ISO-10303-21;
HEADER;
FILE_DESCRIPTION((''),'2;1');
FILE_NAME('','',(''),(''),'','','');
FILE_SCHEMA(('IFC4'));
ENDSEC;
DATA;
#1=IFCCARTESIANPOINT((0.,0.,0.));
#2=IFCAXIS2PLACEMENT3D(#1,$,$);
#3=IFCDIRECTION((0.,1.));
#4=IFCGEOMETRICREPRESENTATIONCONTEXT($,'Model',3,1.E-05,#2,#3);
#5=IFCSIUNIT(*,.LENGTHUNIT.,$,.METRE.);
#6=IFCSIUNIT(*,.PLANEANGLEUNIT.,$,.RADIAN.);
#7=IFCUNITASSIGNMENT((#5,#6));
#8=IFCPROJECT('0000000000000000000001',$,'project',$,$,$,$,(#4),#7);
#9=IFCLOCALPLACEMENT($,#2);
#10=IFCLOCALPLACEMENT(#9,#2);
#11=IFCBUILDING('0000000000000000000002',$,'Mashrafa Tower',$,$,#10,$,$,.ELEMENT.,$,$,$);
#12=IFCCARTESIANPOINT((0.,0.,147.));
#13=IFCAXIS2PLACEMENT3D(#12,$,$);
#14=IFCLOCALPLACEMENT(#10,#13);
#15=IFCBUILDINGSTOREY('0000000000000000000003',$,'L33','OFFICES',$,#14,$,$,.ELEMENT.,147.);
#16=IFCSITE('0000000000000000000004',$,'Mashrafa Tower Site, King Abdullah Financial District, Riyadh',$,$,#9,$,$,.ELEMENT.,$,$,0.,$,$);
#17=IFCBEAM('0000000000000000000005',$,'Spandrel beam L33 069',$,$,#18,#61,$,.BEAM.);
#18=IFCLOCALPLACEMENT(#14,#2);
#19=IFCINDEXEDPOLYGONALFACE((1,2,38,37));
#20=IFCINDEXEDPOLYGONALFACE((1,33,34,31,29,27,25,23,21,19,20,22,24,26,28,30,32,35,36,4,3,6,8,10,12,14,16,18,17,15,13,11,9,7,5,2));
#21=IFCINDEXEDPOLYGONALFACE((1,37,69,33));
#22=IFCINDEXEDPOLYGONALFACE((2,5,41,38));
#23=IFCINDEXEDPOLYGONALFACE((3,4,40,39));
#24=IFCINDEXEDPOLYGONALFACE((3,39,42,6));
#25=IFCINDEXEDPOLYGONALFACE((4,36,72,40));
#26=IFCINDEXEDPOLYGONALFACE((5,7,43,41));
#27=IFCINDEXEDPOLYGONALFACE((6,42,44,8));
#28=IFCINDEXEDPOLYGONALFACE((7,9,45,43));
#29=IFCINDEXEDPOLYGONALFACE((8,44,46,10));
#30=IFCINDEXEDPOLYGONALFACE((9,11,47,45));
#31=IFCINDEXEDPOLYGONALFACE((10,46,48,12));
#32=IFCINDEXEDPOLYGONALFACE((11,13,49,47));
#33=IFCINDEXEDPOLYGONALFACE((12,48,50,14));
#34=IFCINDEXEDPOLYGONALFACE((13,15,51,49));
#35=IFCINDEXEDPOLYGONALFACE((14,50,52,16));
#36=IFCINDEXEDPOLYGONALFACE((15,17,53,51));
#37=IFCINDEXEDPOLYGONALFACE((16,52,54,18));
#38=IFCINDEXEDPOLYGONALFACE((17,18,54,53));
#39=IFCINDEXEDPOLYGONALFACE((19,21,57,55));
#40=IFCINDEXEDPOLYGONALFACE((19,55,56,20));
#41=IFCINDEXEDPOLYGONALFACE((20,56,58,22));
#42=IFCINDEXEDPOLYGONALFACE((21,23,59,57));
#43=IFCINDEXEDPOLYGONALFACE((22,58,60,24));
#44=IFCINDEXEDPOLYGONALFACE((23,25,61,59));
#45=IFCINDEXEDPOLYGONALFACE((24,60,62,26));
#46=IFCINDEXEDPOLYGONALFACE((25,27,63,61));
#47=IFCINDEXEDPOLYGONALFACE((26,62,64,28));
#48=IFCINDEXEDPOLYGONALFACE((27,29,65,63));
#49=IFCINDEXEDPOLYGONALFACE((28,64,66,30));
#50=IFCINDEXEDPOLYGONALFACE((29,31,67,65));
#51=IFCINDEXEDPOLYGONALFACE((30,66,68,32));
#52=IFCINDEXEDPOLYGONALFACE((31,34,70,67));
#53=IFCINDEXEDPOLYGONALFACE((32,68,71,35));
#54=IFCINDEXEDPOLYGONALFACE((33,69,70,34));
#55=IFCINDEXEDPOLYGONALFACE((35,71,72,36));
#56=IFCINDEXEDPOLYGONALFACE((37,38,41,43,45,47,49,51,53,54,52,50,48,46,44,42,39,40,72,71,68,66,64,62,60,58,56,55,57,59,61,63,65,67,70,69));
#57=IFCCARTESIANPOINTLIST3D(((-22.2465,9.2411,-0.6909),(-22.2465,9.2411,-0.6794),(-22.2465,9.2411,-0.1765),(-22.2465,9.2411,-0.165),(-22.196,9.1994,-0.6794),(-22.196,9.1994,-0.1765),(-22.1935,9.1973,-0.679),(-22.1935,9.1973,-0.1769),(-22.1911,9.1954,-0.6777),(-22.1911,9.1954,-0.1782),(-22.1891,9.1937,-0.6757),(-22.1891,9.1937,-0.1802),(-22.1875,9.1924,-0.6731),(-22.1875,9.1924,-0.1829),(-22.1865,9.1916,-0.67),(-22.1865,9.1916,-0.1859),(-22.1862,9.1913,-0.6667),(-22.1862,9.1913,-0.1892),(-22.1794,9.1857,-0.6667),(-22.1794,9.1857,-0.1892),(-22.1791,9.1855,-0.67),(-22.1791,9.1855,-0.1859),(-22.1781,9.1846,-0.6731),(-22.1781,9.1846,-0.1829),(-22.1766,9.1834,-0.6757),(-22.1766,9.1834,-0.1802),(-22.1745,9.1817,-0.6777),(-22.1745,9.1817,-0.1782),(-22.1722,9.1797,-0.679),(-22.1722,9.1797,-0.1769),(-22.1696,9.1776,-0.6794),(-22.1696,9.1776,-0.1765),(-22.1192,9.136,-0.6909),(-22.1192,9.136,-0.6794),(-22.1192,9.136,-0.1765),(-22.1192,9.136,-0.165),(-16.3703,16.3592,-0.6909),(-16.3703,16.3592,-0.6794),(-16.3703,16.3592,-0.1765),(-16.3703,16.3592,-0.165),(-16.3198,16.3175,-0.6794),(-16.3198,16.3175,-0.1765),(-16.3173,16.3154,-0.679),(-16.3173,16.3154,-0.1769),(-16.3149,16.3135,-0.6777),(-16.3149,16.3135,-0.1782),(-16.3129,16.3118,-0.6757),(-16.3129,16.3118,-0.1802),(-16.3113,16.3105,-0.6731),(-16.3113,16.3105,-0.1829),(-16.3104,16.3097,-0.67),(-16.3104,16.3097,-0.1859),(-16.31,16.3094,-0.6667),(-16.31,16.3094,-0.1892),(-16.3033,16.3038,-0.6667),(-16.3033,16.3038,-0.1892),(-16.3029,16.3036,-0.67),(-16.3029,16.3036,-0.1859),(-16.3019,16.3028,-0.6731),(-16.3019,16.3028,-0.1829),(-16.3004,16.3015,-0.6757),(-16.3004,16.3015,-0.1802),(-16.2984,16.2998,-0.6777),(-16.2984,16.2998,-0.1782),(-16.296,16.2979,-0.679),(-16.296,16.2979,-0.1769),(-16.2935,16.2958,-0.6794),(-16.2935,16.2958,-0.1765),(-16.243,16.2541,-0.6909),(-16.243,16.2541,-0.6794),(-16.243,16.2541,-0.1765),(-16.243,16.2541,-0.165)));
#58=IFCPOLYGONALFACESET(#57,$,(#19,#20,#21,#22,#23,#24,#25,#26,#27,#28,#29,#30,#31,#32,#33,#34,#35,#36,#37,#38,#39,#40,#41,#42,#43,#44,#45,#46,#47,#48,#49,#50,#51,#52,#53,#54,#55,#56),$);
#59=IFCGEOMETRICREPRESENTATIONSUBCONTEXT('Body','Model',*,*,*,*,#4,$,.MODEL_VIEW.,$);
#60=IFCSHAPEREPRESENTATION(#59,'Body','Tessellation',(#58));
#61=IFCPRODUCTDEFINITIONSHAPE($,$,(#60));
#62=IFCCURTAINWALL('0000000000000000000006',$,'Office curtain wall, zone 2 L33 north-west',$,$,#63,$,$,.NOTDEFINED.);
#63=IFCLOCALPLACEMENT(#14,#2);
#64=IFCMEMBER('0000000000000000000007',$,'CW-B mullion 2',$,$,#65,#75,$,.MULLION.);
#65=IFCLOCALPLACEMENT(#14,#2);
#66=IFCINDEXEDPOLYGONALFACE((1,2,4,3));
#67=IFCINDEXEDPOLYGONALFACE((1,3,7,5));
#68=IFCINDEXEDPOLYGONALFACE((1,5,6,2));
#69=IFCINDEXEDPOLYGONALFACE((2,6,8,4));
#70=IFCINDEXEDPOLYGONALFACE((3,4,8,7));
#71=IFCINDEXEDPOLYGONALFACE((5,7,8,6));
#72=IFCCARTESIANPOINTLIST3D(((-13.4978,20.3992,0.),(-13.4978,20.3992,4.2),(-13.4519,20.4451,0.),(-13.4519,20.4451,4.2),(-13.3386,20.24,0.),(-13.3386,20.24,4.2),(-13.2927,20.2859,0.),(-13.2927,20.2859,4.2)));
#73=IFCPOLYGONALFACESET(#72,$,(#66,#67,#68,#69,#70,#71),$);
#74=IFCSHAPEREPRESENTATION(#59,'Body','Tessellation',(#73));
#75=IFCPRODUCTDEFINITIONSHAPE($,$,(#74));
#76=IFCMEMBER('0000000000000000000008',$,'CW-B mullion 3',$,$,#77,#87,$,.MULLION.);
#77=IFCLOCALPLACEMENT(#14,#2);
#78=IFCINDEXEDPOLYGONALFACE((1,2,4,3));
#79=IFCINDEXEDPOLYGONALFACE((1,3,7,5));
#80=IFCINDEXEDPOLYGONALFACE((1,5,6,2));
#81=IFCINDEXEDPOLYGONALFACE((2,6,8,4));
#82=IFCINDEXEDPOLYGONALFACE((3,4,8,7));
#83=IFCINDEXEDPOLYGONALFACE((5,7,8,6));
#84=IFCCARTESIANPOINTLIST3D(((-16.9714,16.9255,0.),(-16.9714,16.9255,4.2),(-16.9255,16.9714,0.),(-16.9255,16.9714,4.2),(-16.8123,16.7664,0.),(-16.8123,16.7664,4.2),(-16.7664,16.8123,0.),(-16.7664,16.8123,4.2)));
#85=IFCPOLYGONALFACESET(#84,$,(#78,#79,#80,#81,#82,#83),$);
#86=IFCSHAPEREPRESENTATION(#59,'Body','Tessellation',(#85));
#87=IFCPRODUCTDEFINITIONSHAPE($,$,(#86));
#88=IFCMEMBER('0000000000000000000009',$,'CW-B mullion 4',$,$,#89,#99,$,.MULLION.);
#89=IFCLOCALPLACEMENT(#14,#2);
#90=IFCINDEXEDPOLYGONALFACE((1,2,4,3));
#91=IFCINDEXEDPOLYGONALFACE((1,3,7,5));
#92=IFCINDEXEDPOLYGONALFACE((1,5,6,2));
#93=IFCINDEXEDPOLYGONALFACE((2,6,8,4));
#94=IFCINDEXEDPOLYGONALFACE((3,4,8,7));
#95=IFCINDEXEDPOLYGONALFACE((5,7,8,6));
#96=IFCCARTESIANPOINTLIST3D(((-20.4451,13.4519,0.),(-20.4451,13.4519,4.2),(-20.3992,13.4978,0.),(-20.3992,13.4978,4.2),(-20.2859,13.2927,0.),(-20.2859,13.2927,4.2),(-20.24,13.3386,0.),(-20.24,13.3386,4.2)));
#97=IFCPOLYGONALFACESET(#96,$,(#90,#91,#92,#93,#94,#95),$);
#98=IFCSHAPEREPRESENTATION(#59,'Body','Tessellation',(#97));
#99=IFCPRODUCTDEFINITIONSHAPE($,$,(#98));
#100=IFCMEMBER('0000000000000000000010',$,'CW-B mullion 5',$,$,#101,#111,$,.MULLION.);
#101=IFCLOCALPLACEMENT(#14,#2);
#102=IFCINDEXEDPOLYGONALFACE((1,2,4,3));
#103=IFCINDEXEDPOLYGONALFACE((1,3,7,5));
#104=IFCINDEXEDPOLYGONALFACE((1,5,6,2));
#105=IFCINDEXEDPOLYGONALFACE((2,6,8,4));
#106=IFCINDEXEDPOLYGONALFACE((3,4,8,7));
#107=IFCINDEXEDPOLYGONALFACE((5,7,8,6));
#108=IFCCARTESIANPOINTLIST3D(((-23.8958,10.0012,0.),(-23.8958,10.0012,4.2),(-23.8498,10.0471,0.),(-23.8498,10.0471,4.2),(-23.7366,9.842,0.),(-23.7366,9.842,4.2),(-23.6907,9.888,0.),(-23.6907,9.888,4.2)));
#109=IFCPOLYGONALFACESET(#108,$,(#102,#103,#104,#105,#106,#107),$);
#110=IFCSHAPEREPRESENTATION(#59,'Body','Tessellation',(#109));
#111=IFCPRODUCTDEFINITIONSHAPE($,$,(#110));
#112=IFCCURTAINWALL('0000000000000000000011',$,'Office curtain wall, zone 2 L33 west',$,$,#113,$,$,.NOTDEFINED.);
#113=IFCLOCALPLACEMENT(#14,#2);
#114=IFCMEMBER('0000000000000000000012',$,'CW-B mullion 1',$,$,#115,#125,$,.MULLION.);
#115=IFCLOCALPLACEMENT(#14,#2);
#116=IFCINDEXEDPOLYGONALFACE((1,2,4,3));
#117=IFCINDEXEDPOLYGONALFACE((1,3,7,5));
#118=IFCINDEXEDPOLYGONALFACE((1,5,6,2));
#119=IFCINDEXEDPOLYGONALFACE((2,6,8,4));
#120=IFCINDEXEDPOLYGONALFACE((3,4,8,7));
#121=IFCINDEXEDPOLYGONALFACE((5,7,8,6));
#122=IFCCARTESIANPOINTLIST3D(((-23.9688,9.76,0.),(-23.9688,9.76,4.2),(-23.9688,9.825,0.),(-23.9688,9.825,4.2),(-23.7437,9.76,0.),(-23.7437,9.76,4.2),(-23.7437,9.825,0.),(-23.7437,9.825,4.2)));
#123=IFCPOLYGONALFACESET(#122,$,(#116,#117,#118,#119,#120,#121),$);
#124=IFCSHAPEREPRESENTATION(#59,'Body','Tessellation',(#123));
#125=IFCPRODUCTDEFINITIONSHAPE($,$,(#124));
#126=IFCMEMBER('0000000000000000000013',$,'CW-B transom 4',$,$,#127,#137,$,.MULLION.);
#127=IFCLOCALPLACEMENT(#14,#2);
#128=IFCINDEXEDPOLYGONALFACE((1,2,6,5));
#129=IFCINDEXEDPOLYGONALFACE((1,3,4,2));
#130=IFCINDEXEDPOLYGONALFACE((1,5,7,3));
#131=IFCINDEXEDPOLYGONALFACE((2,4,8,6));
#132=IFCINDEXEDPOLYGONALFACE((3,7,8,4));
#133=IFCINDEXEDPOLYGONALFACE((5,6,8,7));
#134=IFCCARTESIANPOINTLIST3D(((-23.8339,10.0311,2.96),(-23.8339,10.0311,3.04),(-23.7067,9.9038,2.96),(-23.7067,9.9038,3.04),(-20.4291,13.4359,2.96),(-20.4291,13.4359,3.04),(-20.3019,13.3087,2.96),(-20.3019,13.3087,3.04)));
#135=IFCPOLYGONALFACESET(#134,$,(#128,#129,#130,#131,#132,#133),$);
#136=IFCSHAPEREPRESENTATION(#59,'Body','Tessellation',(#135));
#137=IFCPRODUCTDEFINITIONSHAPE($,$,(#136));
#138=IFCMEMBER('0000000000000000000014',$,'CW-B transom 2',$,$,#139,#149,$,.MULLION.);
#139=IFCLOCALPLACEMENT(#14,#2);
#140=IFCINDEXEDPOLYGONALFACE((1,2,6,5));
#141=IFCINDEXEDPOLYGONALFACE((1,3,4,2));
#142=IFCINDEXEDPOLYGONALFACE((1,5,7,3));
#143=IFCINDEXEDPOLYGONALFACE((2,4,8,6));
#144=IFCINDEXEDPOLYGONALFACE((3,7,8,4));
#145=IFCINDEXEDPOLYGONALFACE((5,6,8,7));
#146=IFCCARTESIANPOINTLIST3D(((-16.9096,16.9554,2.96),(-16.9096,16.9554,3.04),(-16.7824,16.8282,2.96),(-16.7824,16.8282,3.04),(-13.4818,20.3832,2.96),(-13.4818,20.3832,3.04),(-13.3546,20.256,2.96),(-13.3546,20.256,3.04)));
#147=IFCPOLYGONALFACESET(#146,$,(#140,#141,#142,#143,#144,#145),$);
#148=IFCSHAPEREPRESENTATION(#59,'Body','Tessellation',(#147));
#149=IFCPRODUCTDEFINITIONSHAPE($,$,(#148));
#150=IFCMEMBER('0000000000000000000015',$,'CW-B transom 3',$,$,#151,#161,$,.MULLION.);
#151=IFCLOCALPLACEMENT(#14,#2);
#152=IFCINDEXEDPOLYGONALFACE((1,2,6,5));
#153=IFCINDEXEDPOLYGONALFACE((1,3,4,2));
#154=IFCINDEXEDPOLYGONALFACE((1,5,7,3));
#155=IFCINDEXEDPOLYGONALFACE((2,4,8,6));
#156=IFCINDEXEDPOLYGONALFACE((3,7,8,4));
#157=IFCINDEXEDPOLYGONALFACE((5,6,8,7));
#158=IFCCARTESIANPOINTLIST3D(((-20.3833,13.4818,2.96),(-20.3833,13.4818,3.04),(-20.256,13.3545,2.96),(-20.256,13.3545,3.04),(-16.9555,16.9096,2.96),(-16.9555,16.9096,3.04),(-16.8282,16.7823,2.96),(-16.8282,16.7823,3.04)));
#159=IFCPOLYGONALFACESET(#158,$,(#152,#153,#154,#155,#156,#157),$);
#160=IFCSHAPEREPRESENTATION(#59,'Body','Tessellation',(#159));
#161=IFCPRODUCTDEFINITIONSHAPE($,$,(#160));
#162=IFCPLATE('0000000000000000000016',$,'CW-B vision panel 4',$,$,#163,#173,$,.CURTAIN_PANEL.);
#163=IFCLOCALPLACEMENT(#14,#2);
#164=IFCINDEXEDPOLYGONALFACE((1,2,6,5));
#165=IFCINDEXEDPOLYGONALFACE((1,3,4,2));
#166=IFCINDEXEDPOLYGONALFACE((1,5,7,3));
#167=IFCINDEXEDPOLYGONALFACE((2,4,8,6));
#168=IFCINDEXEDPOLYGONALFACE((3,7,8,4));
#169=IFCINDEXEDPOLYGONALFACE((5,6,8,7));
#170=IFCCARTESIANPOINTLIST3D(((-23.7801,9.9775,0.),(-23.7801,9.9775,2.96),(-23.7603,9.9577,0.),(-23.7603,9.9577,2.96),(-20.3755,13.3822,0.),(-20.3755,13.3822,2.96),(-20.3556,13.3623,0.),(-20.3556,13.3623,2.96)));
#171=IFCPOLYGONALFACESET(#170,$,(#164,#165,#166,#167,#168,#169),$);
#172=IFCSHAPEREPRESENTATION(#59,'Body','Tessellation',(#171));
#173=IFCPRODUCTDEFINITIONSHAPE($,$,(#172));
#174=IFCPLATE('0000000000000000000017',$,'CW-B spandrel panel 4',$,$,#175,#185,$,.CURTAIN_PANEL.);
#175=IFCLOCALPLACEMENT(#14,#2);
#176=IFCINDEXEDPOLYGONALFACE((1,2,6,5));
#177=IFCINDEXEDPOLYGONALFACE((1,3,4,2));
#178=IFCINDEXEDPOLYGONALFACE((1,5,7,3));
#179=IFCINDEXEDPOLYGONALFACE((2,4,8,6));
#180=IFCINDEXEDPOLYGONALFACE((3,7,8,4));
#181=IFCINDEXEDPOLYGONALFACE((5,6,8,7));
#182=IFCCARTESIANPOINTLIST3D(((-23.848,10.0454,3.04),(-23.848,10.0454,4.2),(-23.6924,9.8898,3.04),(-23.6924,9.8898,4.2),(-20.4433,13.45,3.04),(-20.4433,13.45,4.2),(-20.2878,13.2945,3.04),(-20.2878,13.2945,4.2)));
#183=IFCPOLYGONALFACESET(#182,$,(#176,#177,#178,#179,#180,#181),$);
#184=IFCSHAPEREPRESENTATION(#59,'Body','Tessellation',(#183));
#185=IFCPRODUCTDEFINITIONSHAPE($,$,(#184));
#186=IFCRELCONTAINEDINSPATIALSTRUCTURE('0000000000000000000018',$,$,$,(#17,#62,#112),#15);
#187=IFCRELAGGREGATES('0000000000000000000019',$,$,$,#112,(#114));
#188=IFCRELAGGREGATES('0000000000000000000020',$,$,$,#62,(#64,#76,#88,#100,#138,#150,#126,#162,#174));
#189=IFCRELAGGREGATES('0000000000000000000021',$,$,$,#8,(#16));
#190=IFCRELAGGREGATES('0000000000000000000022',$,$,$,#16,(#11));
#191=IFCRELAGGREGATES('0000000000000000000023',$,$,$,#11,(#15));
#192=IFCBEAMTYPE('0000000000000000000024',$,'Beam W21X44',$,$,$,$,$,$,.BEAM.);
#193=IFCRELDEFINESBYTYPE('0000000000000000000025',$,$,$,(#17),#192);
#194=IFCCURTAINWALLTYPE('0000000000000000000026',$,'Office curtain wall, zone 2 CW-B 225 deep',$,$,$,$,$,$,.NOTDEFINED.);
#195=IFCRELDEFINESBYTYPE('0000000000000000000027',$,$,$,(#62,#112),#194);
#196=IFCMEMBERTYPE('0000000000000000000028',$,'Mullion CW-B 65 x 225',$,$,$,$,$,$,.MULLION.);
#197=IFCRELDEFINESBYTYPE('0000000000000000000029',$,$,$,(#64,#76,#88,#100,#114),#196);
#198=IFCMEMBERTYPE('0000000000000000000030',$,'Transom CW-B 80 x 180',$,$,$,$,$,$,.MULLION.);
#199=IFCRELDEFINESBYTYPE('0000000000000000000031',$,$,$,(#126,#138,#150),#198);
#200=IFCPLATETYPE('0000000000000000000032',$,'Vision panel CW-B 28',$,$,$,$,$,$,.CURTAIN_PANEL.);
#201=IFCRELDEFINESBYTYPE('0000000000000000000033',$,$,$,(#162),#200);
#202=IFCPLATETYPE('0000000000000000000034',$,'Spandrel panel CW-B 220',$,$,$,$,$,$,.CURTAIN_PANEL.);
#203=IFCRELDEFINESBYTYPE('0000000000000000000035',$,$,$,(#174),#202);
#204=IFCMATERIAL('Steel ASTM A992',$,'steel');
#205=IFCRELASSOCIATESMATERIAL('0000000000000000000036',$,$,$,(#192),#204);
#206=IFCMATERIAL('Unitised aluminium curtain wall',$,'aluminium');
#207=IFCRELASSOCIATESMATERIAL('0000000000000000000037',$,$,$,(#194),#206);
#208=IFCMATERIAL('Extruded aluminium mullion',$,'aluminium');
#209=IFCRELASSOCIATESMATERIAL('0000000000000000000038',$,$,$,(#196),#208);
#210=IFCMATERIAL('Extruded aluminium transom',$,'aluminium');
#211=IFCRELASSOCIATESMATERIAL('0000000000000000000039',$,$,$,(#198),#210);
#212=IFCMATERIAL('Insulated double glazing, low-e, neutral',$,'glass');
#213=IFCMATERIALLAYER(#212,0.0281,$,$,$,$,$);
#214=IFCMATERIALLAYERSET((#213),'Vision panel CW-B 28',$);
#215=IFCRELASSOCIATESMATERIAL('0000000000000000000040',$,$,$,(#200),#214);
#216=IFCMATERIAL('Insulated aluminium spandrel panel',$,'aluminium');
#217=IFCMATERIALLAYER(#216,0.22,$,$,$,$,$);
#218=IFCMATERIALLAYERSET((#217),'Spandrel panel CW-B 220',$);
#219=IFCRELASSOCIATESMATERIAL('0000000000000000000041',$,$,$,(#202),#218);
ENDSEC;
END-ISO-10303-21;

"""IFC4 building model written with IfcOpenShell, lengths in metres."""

from ifc_helpers import new_model, si_unit, direction, frame, origin, origin_2d, place, context, subcontext, project, spatial, rectangle, i_section, extrude, source, transform, mapped, material, layer, layer_set, material_profile, profile_set, type_object, type_shapes, element, aggregate, save


model = new_model("IFC4")

# Units and contexts
model_context = context("Model", 3, precision=1e-05, world=origin(), true_north=direction((0.0, 1.0)))
body_context = subcontext(model_context, "Body", "Model", "MODEL_VIEW")
ifc_project = project(units=[si_unit("LENGTHUNIT", "METRE"), si_unit("PLANEANGLEUNIT", "RADIAN")], contexts=[model_context])

# Site, building, storey
site_placement = place(None, origin())
site = spatial("IfcSite", under=ifc_project, at=site_placement, Name="Mashrafa Tower Site, King Abdullah Financial District, Riyadh", CompositionType="ELEMENT", RefElevation=0.0)
building_placement = place(site_placement, origin())
building = spatial("IfcBuilding", under=site, at=building_placement, Name="Mashrafa Tower", CompositionType="ELEMENT")
storey_placement = place(building_placement, frame((0.0, 0.0, 147.0)))
storey = spatial("IfcBuildingStorey", under=building, at=storey_placement, Name="L33", Description="OFFICES", CompositionType="ELEMENT", Elevation=147.0)

# Beam
ifc_material_1 = material(Name="Steel ASTM A992", Category="steel")
ifc_material_profile_1 = material_profile(ifc_material_1, i_section(OverallWidth=0.165, OverallDepth=0.5259, WebThickness=0.0088, FlangeThickness=0.0115, FilletRadius=0.0127, at=origin_2d()), Name="W21X44")
ifc_profile_set_1 = profile_set([ifc_material_profile_1], Name="Steel ASTM A992")
beam_type_1 = type_object("IfcBeamType", Name="Beam W21X44", PredefinedType="BEAM", material=ifc_profile_set_1)
beam_1_placement = place(storey_placement, frame((-16.3066, 16.3066, -0.428), z_axis=(-0.636624, -0.771175, 0.0), x_axis=(0.771175, -0.636624, 0.0)))
element("IfcBeam", 1, at=beam_1_placement, inside=storey, type_object=beam_type_1, Name="Spandrel beam L33 069", PredefinedType="BEAM", context=body_context, shape_type="SweptSolid", body=[
    extrude(i_section(OverallWidth=0.165, OverallDepth=0.5259, WebThickness=0.0088, FlangeThickness=0.0115, FilletRadius=0.0127, at=origin_2d()), origin(), (0.0, 0.0, 1.0), 9.2302),
])

# Curtain wall, members
ifc_material_2 = material(Name="Unitised aluminium curtain wall", Category="aluminium")
curtain_wall_type = type_object("IfcCurtainWallType", Name="Office curtain wall, zone 2 CW-B 225 deep", PredefinedType="NOTDEFINED", material=ifc_material_2)
curtain_wall_1_placement = place(storey_placement, origin())
curtain_wall_1 = element("IfcCurtainWall", 2, at=curtain_wall_1_placement, inside=storey, type_object=curtain_wall_type, Name="Office curtain wall, zone 2 L33 north-west", PredefinedType="NOTDEFINED")
ifc_material_3 = material(Name="Extruded aluminium mullion", Category="aluminium")
ifc_material_profile_2 = material_profile(ifc_material_3, rectangle(XDim=0.2251, YDim=0.0649, at=origin_2d()), Name="Mullion 65x225")
ifc_profile_set_2 = profile_set([ifc_material_profile_2], Name="Extruded aluminium mullion")
member_type_1 = type_object("IfcMemberType", Name="Mullion CW-B 65 x 225", PredefinedType="MULLION", material=ifc_profile_set_2)
shared_shape_1 = source(origin(), body_context, "Body", "SweptSolid", [
    extrude(rectangle(XDim=0.2251, YDim=0.0649, at=origin_2d()), origin(), (0.0, 0.0, 1.0), 4.2),
])
type_shapes(member_type_1, [shared_shape_1])
member_1_placement = place(storey_placement, frame((-13.3953, 20.3425, 0.0), z_axis=(0.0, 0.0, 1.0), x_axis=(0.707107, -0.707107, 0.0)))
member_1 = element("IfcMember", 3, at=member_1_placement, type_object=member_type_1, Name="CW-B mullion 2", PredefinedType="MULLION", context=body_context, shape_type="MappedRepresentation", body=[
    mapped(shared_shape_1, transform((0.0, 0.0, 0.0))),
])
member_2_placement = place(storey_placement, frame((-16.8689, 16.8689, 0.0), z_axis=(0.0, 0.0, 1.0), x_axis=(0.707107, -0.707107, 0.0)))
member_2 = element("IfcMember", 4, at=member_2_placement, type_object=member_type_1, Name="CW-B mullion 3", PredefinedType="MULLION", context=body_context, shape_type="MappedRepresentation", body=[
    mapped(shared_shape_1, transform((0.0, 0.0, 0.0))),
])
member_3_placement = place(storey_placement, frame((-20.3425, 13.3953, 0.0), z_axis=(0.0, 0.0, 1.0), x_axis=(0.707107, -0.707107, 0.0)))
member_3 = element("IfcMember", 5, at=member_3_placement, type_object=member_type_1, Name="CW-B mullion 4", PredefinedType="MULLION", context=body_context, shape_type="MappedRepresentation", body=[
    mapped(shared_shape_1, transform((0.0, 0.0, 0.0))),
])
member_4_placement = place(storey_placement, frame((-23.7932, 9.9446, 0.0), z_axis=(0.0, 0.0, 1.0), x_axis=(0.707107, -0.707107, 0.0)))
member_4 = element("IfcMember", 6, at=member_4_placement, type_object=member_type_1, Name="CW-B mullion 5", PredefinedType="MULLION", context=body_context, shape_type="MappedRepresentation", body=[
    mapped(shared_shape_1, transform((0.0, 0.0, 0.0))),
])

# Curtain wall, member
curtain_wall_2_placement = place(storey_placement, origin())
curtain_wall_2 = element("IfcCurtainWall", 7, at=curtain_wall_2_placement, inside=storey, type_object=curtain_wall_type, Name="Office curtain wall, zone 2 L33 west", PredefinedType="NOTDEFINED")
member_5_placement = place(storey_placement, frame((-23.8562, 9.7925, 0.0), z_axis=(0.0, 0.0, 1.0), x_axis=(1.0, 0.0, 0.0)))
member_5 = element("IfcMember", 8, at=member_5_placement, type_object=member_type_1, Name="CW-B mullion 1", PredefinedType="MULLION", context=body_context, shape_type="MappedRepresentation", body=[
    mapped(shared_shape_1, transform((0.0, 0.0, 0.0))),
])
aggregate(curtain_wall_2, [member_5])

# Members
ifc_material_4 = material(Name="Extruded aluminium transom", Category="aluminium")
ifc_material_profile_3 = material_profile(ifc_material_4, rectangle(XDim=0.1799, YDim=0.0801, at=origin_2d()), Name="Transom 80x180")
ifc_profile_set_3 = profile_set([ifc_material_profile_3], Name="Extruded aluminium transom")
member_type_2 = type_object("IfcMemberType", Name="Transom CW-B 80 x 180", PredefinedType="MULLION", material=ifc_profile_set_3)
shared_shape_2 = source(origin(), body_context, "Body", "SweptSolid", [
    extrude(rectangle(XDim=0.1799, YDim=0.0801, at=origin_2d()), origin(), (0.0, 0.0, 1.0), 4.8152),
])
member_6_placement = place(storey_placement, frame((-20.3655, 13.3723, 3.0), z_axis=(-0.707107, -0.707107, 0.0), x_axis=(0.707107, -0.707107, 0.0)))
member_6 = element("IfcMember", 9, at=member_6_placement, type_object=member_type_2, Name="CW-B transom 4", PredefinedType="MULLION", context=body_context, shape_type="MappedRepresentation", body=[
    mapped(shared_shape_2, transform((0.0, 0.0, 0.0))),
])
shared_shape_3 = source(origin(), body_context, "Body", "SweptSolid", [
    extrude(rectangle(XDim=0.1799, YDim=0.0801, at=origin_2d()), origin(), (0.0, 0.0, 1.0), 4.8477),
])
type_shapes(member_type_2, [shared_shape_2, shared_shape_3])
member_7_placement = place(storey_placement, frame((-13.4182, 20.3196, 3.0), z_axis=(-0.707107, -0.707107, 0.0), x_axis=(0.707107, -0.707107, 0.0)))
member_7 = element("IfcMember", 10, at=member_7_placement, type_object=member_type_2, Name="CW-B transom 2", PredefinedType="MULLION", context=body_context, shape_type="MappedRepresentation", body=[
    mapped(shared_shape_3, transform((0.0, 0.0, 0.0))),
])
member_8_placement = place(storey_placement, frame((-16.8918, 16.8459, 3.0), z_axis=(-0.707107, -0.707107, 0.0), x_axis=(0.707107, -0.707107, 0.0)))
member_8 = element("IfcMember", 11, at=member_8_placement, type_object=member_type_2, Name="CW-B transom 3", PredefinedType="MULLION", context=body_context, shape_type="MappedRepresentation", body=[
    mapped(shared_shape_3, transform((0.0, 0.0, 0.0))),
])

# Plates
ifc_material_5 = material(Name="Insulated double glazing, low-e, neutral", Category="glass")
ifc_layer_1 = layer(ifc_material_5, 0.0281)
ifc_layer_set_1 = layer_set([ifc_layer_1], Name="Vision panel CW-B 28")
plate_type_1 = type_object("IfcPlateType", Name="Vision panel CW-B 28", PredefinedType="CURTAIN_PANEL", material=ifc_layer_set_1)
shared_shape_4 = source(origin(), body_context, "Body", "SweptSolid", [
    extrude(rectangle(XDim=4.8149, YDim=0.0281, at=origin_2d()), origin(), (0.0, 0.0, 1.0), 2.96),
])
plate_1_placement = place(storey_placement, frame((-22.0679, 11.6699, 0.0), z_axis=(0.0, 0.0, 1.0), x_axis=(-0.707107, -0.707107, 0.0)))
plate_1 = element("IfcPlate", 12, at=plate_1_placement, type_object=plate_type_1, Name="CW-B vision panel 4", PredefinedType="CURTAIN_PANEL", context=body_context, shape_type="MappedRepresentation", body=[
    mapped(shared_shape_4, transform((0.0, 0.0, 0.0))),
])
ifc_material_6 = material(Name="Insulated aluminium spandrel panel", Category="aluminium")
ifc_layer_2 = layer(ifc_material_6, 0.22)
ifc_layer_set_2 = layer_set([ifc_layer_2], Name="Spandrel panel CW-B 220")
plate_type_2 = type_object("IfcPlateType", Name="Spandrel panel CW-B 220", PredefinedType="CURTAIN_PANEL", material=ifc_layer_set_2)
shared_shape_5 = source(origin(), body_context, "Body", "SweptSolid", [
    extrude(rectangle(XDim=4.8149, YDim=0.22, at=origin_2d()), origin(), (0.0, 0.0, 1.0), 1.1599),
])
plate_2_placement = place(storey_placement, frame((-22.0679, 11.6699, 3.04), z_axis=(0.0, 0.0, 1.0), x_axis=(-0.707107, -0.707107, 0.0)))
plate_2 = element("IfcPlate", 13, at=plate_2_placement, type_object=plate_type_2, Name="CW-B spandrel panel 4", PredefinedType="CURTAIN_PANEL", context=body_context, shape_type="MappedRepresentation", body=[
    mapped(shared_shape_5, transform((0.0, 0.0, 0.0))),
])
aggregate(curtain_wall_1, [member_1, member_2, member_3, member_4, member_7, member_8, member_6, plate_1, plate_2])

save(model, "model.ifc")
